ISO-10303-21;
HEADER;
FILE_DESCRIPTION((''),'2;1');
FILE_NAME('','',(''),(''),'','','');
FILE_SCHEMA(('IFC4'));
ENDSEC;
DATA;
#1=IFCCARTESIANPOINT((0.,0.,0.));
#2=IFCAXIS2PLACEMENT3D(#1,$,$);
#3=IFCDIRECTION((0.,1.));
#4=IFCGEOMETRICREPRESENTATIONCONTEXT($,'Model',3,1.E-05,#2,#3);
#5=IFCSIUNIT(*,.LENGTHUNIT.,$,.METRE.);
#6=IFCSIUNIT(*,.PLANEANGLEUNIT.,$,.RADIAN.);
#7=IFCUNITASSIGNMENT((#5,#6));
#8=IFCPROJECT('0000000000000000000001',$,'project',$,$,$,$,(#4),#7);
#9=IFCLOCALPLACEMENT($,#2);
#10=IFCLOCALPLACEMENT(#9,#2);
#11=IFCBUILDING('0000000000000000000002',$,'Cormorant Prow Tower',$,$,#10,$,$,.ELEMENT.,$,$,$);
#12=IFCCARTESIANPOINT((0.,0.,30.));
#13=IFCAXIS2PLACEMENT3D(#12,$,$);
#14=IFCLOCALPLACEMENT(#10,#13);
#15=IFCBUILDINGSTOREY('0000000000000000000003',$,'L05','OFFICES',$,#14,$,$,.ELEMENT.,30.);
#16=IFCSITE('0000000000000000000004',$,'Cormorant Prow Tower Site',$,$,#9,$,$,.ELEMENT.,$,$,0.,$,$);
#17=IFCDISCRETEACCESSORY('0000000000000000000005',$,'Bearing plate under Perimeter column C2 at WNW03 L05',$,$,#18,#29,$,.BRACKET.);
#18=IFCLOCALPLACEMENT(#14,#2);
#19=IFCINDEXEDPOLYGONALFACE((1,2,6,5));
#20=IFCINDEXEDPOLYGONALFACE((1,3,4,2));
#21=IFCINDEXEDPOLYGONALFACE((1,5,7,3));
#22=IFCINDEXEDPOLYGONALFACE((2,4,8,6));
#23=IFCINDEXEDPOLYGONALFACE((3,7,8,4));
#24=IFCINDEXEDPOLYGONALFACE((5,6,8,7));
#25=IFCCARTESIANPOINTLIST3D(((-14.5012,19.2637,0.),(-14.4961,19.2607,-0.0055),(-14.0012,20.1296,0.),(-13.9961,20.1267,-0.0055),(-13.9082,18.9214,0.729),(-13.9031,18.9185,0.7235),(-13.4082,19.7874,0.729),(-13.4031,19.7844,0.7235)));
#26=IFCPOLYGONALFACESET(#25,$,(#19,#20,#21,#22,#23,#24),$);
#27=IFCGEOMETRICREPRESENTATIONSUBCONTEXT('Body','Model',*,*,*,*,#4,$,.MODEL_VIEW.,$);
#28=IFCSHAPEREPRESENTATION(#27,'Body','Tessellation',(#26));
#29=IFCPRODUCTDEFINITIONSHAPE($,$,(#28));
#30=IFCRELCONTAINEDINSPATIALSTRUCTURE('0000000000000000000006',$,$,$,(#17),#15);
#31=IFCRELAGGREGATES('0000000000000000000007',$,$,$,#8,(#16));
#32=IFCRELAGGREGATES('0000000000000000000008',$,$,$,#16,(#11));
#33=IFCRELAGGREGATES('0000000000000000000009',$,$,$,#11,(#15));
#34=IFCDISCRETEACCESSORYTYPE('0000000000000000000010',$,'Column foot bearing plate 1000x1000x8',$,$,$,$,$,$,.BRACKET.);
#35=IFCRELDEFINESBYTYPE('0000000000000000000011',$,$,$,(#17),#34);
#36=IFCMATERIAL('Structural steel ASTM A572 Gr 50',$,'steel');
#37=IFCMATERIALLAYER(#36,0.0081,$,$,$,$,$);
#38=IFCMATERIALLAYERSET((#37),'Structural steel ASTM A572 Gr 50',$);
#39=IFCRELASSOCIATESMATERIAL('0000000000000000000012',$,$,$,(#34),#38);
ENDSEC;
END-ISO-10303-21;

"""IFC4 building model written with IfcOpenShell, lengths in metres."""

from ifc_helpers import new_model, si_unit, direction, frame, origin, place, context, subcontext, project, spatial, polyline, outline, extrude, material, layer, layer_set, type_object, element, save


model = new_model("IFC4")

# Units and contexts
model_context = context("Model", 3, precision=1e-05, world=origin(), true_north=direction((0.0, 1.0)))
body_context = subcontext(model_context, "Body", "Model", "MODEL_VIEW")
ifc_project = project(units=[si_unit("LENGTHUNIT", "METRE"), si_unit("PLANEANGLEUNIT", "RADIAN")], contexts=[model_context])

# Site, building, storey
site_placement = place(None, origin())
site = spatial("IfcSite", under=ifc_project, at=site_placement, Name="Cormorant Prow Tower Site", CompositionType="ELEMENT", RefElevation=0.0)
building_placement = place(site_placement, origin())
building = spatial("IfcBuilding", under=site, at=building_placement, Name="Cormorant Prow Tower", CompositionType="ELEMENT")
storey_placement = place(building_placement, frame((0.0, 0.0, 30.0)))
storey = spatial("IfcBuildingStorey", under=building, at=storey_placement, Name="L05", Description="OFFICES", CompositionType="ELEMENT", Elevation=30.0)

# Discrete accessory
ifc_material_1 = material(Name="Structural steel ASTM A572 Gr 50", Category="steel")
ifc_layer_1 = layer(ifc_material_1, 0.0081)
ifc_layer_set_1 = layer_set([ifc_layer_1], Name="Structural steel ASTM A572 Gr 50")
discrete_accessory_type = type_object("IfcDiscreteAccessoryType", Name="Column foot bearing plate 1000x1000x8", PredefinedType="BRACKET", material=ifc_layer_set_1)
discrete_accessory_placement = place(storey_placement, frame((-13.9082, 18.9214, 0.729), z_axis=(-0.631238, 0.36447, 0.684617), x_axis=(0.500025, 0.866011, 0.0)))
element("IfcDiscreteAccessory", 1, at=discrete_accessory_placement, inside=storey, type_object=discrete_accessory_type, Name="Bearing plate under Perimeter column C2 at WNW03 L05", PredefinedType="BRACKET", context=body_context, shape_type="SweptSolid", body=[
    extrude(outline(polyline([(0.0, 0.0), (0.9999, 0.0), (0.9998, 1.0001), (-0.0001, 1.0001), (0.0, 0.0)])), origin(), (0.0, 0.0, -1.0), 0.0081),
])

save(model, "model.ifc")
